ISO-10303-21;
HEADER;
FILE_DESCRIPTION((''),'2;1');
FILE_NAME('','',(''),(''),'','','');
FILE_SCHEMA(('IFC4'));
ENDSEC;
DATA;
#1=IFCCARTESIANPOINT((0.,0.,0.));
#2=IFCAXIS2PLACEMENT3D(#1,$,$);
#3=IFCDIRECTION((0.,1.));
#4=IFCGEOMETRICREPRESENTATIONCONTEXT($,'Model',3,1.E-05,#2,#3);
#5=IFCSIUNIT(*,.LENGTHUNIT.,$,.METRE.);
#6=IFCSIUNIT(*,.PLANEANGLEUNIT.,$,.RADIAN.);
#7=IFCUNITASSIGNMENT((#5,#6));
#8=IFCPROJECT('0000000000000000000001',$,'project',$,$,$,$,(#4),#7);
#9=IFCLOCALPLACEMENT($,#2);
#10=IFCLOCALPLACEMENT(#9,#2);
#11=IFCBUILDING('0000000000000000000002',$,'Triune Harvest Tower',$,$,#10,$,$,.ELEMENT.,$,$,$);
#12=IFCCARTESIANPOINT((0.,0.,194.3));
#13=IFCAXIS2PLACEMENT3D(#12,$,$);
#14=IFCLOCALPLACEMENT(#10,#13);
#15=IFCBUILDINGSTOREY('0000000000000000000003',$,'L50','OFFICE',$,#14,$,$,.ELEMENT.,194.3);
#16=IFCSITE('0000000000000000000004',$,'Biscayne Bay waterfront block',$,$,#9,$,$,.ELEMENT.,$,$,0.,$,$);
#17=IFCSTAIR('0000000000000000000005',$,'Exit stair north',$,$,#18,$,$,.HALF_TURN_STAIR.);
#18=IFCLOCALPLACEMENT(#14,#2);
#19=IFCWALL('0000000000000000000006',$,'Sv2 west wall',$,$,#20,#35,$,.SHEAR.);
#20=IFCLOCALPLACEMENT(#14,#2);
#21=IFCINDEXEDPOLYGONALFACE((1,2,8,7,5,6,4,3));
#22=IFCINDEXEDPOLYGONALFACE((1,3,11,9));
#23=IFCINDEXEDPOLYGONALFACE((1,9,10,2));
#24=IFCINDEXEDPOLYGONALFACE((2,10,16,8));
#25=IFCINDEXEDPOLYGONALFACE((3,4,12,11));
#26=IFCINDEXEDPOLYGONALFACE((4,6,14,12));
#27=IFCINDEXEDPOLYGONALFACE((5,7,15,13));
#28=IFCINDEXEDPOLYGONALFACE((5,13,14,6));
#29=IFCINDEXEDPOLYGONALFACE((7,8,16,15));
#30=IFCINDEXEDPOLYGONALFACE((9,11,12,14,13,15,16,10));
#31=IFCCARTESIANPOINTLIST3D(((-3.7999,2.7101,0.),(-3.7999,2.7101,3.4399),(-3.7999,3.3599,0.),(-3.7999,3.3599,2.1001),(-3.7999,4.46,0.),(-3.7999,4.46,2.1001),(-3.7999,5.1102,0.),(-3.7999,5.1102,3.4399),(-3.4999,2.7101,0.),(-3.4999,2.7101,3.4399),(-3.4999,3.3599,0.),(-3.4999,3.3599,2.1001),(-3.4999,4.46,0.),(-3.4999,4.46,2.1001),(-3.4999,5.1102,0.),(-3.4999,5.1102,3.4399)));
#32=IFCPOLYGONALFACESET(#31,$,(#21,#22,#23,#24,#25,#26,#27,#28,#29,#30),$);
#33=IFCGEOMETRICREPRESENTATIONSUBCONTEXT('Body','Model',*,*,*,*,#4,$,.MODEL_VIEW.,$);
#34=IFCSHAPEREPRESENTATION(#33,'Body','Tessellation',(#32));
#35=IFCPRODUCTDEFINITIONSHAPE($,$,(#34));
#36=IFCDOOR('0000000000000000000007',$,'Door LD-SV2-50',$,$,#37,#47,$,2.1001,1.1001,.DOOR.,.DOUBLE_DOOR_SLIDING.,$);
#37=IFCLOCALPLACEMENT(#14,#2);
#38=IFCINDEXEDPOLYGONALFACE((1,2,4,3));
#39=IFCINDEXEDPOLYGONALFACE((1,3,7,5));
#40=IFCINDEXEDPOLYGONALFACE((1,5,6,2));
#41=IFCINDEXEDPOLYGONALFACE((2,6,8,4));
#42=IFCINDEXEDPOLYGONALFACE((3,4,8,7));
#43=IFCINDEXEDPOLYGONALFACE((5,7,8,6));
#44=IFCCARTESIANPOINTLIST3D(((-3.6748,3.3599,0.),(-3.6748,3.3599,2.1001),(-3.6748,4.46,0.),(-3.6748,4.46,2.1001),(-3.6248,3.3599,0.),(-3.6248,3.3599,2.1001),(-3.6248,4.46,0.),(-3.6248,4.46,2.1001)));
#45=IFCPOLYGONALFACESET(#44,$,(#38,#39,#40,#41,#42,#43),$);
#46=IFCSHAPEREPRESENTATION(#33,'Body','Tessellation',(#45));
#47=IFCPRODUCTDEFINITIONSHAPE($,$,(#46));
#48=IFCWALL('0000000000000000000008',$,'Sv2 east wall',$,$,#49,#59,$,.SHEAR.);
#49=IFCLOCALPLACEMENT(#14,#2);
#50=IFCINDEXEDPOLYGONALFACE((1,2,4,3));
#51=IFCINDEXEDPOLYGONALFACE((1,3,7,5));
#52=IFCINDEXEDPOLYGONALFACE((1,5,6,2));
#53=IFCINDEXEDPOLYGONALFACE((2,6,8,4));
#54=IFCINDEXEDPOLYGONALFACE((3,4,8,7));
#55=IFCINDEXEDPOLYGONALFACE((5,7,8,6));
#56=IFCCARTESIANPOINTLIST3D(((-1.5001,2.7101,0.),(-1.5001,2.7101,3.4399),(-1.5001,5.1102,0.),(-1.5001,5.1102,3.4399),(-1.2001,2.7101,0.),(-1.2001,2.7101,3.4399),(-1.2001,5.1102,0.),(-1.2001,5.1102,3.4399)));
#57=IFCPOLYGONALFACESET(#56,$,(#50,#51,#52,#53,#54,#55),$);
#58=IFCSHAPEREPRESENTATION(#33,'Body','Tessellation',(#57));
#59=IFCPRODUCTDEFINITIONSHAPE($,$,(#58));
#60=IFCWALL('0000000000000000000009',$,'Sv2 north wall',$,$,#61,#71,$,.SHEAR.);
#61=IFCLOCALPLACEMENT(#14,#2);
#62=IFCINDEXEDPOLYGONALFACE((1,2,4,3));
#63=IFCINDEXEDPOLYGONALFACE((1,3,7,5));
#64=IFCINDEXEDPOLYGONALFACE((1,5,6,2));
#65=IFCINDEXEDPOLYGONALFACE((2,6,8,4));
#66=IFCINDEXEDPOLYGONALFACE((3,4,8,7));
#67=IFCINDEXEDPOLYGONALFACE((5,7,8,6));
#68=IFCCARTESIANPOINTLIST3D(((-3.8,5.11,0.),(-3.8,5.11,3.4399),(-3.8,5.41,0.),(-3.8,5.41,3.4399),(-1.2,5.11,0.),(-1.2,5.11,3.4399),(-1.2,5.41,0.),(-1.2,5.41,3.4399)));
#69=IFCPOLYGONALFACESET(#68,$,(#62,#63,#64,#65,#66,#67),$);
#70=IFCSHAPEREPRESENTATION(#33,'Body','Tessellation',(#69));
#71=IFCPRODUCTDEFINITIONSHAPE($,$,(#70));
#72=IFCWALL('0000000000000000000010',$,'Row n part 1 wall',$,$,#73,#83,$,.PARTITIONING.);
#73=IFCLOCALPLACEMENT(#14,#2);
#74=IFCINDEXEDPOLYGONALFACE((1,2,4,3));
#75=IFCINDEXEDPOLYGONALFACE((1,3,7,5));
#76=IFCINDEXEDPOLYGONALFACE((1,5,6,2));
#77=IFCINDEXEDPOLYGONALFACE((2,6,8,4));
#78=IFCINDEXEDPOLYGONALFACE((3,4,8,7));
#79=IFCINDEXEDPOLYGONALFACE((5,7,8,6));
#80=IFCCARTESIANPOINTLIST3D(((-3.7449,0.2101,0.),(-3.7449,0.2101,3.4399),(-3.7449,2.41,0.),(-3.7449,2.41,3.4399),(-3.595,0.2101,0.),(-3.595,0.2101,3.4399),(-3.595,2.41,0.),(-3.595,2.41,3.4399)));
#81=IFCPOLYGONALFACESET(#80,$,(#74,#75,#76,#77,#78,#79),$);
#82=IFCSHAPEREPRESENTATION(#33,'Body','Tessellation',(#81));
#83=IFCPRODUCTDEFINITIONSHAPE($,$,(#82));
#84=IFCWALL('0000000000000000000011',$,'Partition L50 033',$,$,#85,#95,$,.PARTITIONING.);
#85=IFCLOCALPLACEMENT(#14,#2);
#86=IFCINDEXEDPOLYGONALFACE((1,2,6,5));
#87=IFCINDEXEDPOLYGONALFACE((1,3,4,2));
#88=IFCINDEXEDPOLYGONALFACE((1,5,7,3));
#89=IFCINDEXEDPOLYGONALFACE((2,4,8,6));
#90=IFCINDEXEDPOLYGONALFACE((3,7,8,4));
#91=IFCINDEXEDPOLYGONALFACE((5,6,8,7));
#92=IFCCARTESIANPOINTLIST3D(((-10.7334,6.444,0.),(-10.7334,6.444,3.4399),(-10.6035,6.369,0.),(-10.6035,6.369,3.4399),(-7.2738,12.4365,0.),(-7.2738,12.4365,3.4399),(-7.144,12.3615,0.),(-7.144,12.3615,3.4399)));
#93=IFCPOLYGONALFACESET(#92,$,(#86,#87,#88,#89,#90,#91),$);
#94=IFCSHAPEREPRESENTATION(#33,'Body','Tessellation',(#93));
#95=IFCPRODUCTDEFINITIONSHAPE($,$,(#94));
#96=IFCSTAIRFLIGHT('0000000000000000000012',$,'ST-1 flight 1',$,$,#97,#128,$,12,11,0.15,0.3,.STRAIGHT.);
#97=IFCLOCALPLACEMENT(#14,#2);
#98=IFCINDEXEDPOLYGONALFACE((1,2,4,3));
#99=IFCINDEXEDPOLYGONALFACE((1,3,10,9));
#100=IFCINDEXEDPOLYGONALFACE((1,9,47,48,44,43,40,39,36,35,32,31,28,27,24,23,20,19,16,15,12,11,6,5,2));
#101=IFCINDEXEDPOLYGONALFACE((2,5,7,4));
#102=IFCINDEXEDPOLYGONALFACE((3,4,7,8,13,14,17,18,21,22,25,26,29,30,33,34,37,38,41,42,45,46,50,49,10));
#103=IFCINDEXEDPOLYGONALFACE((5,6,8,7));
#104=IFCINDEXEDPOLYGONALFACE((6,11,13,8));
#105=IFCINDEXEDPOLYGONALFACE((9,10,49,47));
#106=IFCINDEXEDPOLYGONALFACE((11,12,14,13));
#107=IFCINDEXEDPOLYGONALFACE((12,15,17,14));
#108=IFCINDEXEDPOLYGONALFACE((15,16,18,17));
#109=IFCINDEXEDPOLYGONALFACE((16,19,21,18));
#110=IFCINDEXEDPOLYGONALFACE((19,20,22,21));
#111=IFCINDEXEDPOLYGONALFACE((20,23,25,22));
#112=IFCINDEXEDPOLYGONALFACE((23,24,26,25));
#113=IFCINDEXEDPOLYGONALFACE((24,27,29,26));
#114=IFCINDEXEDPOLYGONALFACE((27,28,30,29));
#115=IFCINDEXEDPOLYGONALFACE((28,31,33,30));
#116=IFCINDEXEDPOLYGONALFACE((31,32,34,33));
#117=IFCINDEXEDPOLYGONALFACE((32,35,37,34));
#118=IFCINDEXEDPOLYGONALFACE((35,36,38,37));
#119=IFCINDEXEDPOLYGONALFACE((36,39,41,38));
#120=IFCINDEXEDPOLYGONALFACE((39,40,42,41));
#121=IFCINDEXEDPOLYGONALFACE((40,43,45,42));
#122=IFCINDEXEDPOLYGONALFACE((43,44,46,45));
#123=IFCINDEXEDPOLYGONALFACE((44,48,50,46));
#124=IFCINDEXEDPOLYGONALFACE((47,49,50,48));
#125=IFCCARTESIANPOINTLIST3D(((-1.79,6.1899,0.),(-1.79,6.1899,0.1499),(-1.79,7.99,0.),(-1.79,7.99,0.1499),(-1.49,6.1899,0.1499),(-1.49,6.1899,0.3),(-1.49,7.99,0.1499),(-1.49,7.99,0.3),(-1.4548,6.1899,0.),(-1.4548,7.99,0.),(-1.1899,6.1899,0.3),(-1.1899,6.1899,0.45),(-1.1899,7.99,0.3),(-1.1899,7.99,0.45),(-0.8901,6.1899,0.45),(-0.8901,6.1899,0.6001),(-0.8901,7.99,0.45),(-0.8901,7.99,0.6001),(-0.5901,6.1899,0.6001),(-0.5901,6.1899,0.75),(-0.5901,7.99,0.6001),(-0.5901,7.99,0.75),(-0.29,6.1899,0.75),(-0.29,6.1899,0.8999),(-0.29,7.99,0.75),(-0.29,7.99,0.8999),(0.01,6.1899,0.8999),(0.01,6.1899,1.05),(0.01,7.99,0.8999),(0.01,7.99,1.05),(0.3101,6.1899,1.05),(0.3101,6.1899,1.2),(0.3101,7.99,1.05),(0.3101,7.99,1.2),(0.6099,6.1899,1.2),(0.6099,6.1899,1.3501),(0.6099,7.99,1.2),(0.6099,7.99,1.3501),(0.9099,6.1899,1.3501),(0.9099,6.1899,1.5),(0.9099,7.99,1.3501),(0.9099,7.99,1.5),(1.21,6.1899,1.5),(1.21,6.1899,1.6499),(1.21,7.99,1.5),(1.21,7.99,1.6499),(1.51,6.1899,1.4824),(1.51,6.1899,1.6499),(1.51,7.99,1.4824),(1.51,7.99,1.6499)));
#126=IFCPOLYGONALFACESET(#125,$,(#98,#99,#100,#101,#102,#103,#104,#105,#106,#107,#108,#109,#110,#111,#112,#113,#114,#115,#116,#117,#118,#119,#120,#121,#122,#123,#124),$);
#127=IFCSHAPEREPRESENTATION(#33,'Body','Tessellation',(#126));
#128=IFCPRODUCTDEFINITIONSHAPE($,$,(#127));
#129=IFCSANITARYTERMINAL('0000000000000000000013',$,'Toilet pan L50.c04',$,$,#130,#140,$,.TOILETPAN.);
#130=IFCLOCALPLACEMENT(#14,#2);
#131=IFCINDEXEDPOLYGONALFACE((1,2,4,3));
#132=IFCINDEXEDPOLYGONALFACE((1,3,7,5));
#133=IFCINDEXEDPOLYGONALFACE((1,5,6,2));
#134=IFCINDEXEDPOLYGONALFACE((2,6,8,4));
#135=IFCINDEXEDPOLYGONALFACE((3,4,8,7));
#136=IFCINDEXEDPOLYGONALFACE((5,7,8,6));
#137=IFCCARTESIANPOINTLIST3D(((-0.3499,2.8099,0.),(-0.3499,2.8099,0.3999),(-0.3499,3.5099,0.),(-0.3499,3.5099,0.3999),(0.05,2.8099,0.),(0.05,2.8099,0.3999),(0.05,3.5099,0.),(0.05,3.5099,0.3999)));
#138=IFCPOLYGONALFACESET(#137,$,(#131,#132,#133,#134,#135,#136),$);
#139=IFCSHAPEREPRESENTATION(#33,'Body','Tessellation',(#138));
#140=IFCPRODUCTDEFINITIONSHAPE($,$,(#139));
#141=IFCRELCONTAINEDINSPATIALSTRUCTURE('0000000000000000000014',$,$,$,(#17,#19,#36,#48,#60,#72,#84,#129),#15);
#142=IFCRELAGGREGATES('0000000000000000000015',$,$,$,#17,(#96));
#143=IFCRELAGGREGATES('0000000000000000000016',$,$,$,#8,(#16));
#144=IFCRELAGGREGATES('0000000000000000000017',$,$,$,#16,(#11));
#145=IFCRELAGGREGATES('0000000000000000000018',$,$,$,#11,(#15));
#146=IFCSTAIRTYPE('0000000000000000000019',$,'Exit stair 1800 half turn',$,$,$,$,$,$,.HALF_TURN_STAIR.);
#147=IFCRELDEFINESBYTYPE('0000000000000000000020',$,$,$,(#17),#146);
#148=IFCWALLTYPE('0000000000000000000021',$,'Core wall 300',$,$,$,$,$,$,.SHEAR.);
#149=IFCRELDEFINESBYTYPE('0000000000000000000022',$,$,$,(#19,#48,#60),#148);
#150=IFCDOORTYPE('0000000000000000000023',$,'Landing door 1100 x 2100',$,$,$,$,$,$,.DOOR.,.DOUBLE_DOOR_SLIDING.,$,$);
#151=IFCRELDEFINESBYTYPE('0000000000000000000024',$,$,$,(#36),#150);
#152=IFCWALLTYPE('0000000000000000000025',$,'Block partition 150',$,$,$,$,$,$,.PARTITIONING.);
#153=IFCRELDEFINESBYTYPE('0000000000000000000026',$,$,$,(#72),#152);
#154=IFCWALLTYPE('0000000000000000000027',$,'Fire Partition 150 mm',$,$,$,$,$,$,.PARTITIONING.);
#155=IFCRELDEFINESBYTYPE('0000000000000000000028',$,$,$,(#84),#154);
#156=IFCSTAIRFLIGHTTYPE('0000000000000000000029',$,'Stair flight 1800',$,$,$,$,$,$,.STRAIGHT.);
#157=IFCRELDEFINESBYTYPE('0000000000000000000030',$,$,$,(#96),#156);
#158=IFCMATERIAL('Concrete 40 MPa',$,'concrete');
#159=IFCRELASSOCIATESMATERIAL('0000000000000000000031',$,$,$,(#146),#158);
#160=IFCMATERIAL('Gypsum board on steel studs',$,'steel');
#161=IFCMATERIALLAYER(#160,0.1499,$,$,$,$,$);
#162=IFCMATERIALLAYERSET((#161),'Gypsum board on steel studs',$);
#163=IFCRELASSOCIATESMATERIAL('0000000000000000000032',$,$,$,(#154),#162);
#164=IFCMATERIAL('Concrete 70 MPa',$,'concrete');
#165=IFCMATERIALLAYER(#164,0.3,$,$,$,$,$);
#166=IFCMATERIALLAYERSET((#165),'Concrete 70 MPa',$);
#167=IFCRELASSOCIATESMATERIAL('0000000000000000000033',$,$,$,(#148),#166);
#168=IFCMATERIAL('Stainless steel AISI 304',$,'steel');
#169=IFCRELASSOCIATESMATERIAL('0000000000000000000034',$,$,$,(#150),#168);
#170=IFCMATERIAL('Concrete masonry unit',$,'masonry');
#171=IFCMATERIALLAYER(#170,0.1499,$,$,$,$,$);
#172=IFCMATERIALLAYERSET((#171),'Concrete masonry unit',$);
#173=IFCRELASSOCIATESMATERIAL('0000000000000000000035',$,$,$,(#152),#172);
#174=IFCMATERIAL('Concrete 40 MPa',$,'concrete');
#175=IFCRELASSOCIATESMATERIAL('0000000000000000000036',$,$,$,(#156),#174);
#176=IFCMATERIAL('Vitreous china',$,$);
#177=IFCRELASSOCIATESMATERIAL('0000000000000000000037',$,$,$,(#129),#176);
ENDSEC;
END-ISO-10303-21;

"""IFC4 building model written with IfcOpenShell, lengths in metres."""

from ifc_helpers import new_model, si_unit, direction, frame, frame_2d, origin, origin_2d, place, context, subcontext, project, spatial, polyline, rectangle, outline, extrude, source, transform, mapped, material, layer, layer_set, type_object, element, fill, aggregate, save


model = new_model("IFC4")

# Units and contexts
model_context = context("Model", 3, precision=1e-05, world=origin(), true_north=direction((0.0, 1.0)))
body_context = subcontext(model_context, "Body", "Model", "MODEL_VIEW")
ifc_project = project(units=[si_unit("LENGTHUNIT", "METRE"), si_unit("PLANEANGLEUNIT", "RADIAN")], contexts=[model_context])

# Site, building, storey
site_placement = place(None, origin())
site = spatial("IfcSite", under=ifc_project, at=site_placement, Name="Biscayne Bay waterfront block", CompositionType="ELEMENT", RefElevation=0.0)
building_placement = place(site_placement, origin())
building = spatial("IfcBuilding", under=site, at=building_placement, Name="Triune Harvest Tower", CompositionType="ELEMENT")
storey_placement = place(building_placement, frame((0.0, 0.0, 194.3)))
storey = spatial("IfcBuildingStorey", under=building, at=storey_placement, Name="L50", Description="OFFICE", CompositionType="ELEMENT", Elevation=194.3)

# Stair
ifc_material_1 = material(Name="Concrete 40 MPa", Category="concrete")
stair_type = type_object("IfcStairType", Name="Exit stair 1800 half turn", PredefinedType="HALF_TURN_STAIR", material=ifc_material_1)
stair_1_placement = place(storey_placement, origin())
stair_1 = element("IfcStair", 1, at=stair_1_placement, inside=storey, type_object=stair_type, Name="Exit stair north", PredefinedType="HALF_TURN_STAIR")

# Shared definitions
ifc_material_2 = material(Name="Gypsum board on steel studs", Category="steel")
ifc_layer_1 = layer(ifc_material_2, 0.1499)
ifc_layer_set_1 = layer_set([ifc_layer_1], Name="Gypsum board on steel studs")
wall_type_1 = type_object("IfcWallType", Name="Fire Partition 150 mm", PredefinedType="PARTITIONING", material=ifc_layer_set_1)
ifc_material_3 = material(Name="Concrete 70 MPa", Category="concrete")
ifc_layer_2 = layer(ifc_material_3, 0.3)
ifc_layer_set_2 = layer_set([ifc_layer_2], Name="Concrete 70 MPa")
wall_type_2 = type_object("IfcWallType", Name="Core wall 300", PredefinedType="SHEAR", material=ifc_layer_set_2)

# Shared definitions
shared_shape_1 = source(origin(), body_context, "Body", "SweptSolid", [
    extrude(rectangle(XDim=2.4001, YDim=0.3, at=frame_2d((1.2002, 0.0))), origin(), (0.0, 0.0, 1.0), 3.4399),
])

# Wall, opening, door
ifc_material_4 = material(Name="Stainless steel AISI 304", Category="steel")
door_type_1 = type_object("IfcDoorType", Name="Landing door 1100 x 2100", OperationType="DOUBLE_DOOR_SLIDING", PredefinedType="DOOR", material=ifc_material_4)
wall_1_placement = place(storey_placement, frame((-3.6499, 2.71, 0.0), z_axis=(0.0, 0.0, 1.0), x_axis=(0.0, 1.0, 0.0)))
wall_1 = element("IfcWall", 2, at=wall_1_placement, inside=storey, type_object=wall_type_2, Name="Sv2 west wall", PredefinedType="SHEAR", context=body_context, shape_type="MappedRepresentation", body=[
    mapped(shared_shape_1, transform((0.0, 0.0, 0.0), scale=1.0)),
])
opening_1_placement = place(wall_1_placement, frame((0.6499, 0.0, 0.0)))
opening_1 = element("IfcOpeningElement", 3, at=opening_1_placement, cuts=wall_1, PredefinedType="OPENING", context=body_context, shape_type="SweptSolid", body=[
    extrude(rectangle(XDim=1.1001, YDim=2.1001, at=frame_2d((0.55, 1.05))), frame((0.0, 0.1602, 0.0), z_axis=(0.0, -1.0, 0.0), x_axis=(1.0, 0.0, 0.0)), (0.0, 0.0, 1.0), 0.3201),
])
door_1_placement = place(opening_1_placement, origin())
door_1 = element("IfcDoor", 4, at=door_1_placement, inside=storey, type_object=door_type_1, Name="Door LD-SV2-50", OperationType="DOUBLE_DOOR_SLIDING", OverallHeight=2.1001, OverallWidth=1.1001, PredefinedType="DOOR", context=body_context, shape_type="SweptSolid", body=[
    extrude(rectangle(XDim=1.1001, YDim=2.1001, at=frame_2d((0.55, 1.05))), frame((0.0, 0.0249, 0.0), z_axis=(0.0, -1.0, 0.0), x_axis=(1.0, 0.0, 0.0)), (0.0, 0.0, 1.0), 0.05),
])
fill(opening_1, door_1)

# Walls
wall_2_placement = place(storey_placement, frame((-1.3501, 2.71, 0.0), z_axis=(0.0, 0.0, 1.0), x_axis=(0.0, 1.0, 0.0)))
element("IfcWall", 5, at=wall_2_placement, inside=storey, type_object=wall_type_2, Name="Sv2 east wall", PredefinedType="SHEAR", context=body_context, shape_type="MappedRepresentation", body=[
    mapped(shared_shape_1, transform((0.0, 0.0, 0.0), scale=1.0)),
])
shared_shape_2 = source(origin(), body_context, "Body", "SweptSolid", [
    extrude(rectangle(XDim=2.6001, YDim=0.3, at=frame_2d((1.3, 0.0))), origin(), (0.0, 0.0, 1.0), 3.4399),
])
wall_3_placement = place(storey_placement, frame((-3.8, 5.26, 0.0), z_axis=(0.0, 0.0, 1.0), x_axis=(1.0, 0.0, 0.0)))
element("IfcWall", 6, at=wall_3_placement, inside=storey, type_object=wall_type_2, Name="Sv2 north wall", PredefinedType="SHEAR", context=body_context, shape_type="MappedRepresentation", body=[
    mapped(shared_shape_2, transform((0.0, 0.0, 0.0), scale=1.0)),
])
ifc_material_5 = material(Name="Concrete masonry unit", Category="masonry")
ifc_layer_3 = layer(ifc_material_5, 0.1499)
ifc_layer_set_3 = layer_set([ifc_layer_3], Name="Concrete masonry unit")
wall_type_3 = type_object("IfcWallType", Name="Block partition 150", PredefinedType="PARTITIONING", material=ifc_layer_set_3)
shared_shape_3 = source(origin(), body_context, "Body", "SweptSolid", [
    extrude(rectangle(XDim=2.2, YDim=0.1499, at=frame_2d((1.1001, 0.0))), origin(), (0.0, 0.0, 1.0), 3.4399),
])
wall_4_placement = place(storey_placement, frame((-3.6699, 0.21, 0.0), z_axis=(0.0, 0.0, 1.0), x_axis=(0.0, 1.0, 0.0)))
element("IfcWall", 7, at=wall_4_placement, inside=storey, type_object=wall_type_3, Name="Row n part 1 wall", PredefinedType="PARTITIONING", context=body_context, shape_type="MappedRepresentation", body=[
    mapped(shared_shape_3, transform((0.0, 0.0, 0.0), scale=1.0)),
])
shared_shape_4 = source(origin(), body_context, "Body", "SweptSolid", [
    extrude(rectangle(XDim=6.9194, YDim=0.1499, at=frame_2d((3.4597, 0.0))), origin(), (0.0, 0.0, 1.0), 3.4399),
])
wall_5_placement = place(storey_placement, frame((-10.6685, 6.4065, 0.0), z_axis=(0.0, 0.0, 1.0), x_axis=(0.499972, 0.866042, 0.0)))
element("IfcWall", 8, at=wall_5_placement, inside=storey, type_object=wall_type_1, Name="Partition L50 033", PredefinedType="PARTITIONING", context=body_context, shape_type="MappedRepresentation", body=[
    mapped(shared_shape_4, transform((0.0, 0.0, 0.0), scale=1.0)),
])

# Stair flight
ifc_material_6 = material(Name="Concrete 40 MPa", Category="concrete")
stair_flight_type = type_object("IfcStairFlightType", Name="Stair flight 1800", PredefinedType="STRAIGHT", material=ifc_material_6)
shared_shape_5 = source(origin(), body_context, "Body", "SweptSolid", [
    extrude(outline(polyline([(0.0, 0.0), (0.0, 0.1499), (0.3, 0.1499), (0.3, 0.3), (0.6001, 0.3), (0.6001, 0.45), (0.8999, 0.45), (0.8999, 0.6001), (1.2, 0.6001), (1.2, 0.75), (1.5, 0.75), (1.5, 0.8999), (1.8, 0.8999), (1.8, 1.05), (2.1001, 1.05), (2.1001, 1.2), (2.3999, 1.2), (2.3999, 1.3501), (2.7, 1.3501), (2.7, 1.5), (3.0, 1.5), (3.0, 1.6499), (3.3, 1.6499), (3.3, 1.8), (3.3, 1.4824), (0.3352, 0.0), (0.0, 0.0)])), frame((0.0, 0.8999, 0.0), z_axis=(0.0, -1.0, 0.0), x_axis=(1.0, 0.0, 0.0)), (0.0, 0.0, 1.0), 1.8),
])
stair_flight_placement = place(storey_placement, frame((-1.79, 7.0901, 0.0), z_axis=(0.0, 0.0, 1.0), x_axis=(1.0, 0.0, 0.0)))
stair_flight = element("IfcStairFlight", 9, at=stair_flight_placement, type_object=stair_flight_type, Name="ST-1 flight 1", NumberOfRisers=12, NumberOfTreads=11, PredefinedType="STRAIGHT", RiserHeight=0.15, TreadLength=0.3, context=body_context, shape_type="MappedRepresentation", body=[
    mapped(shared_shape_5, transform((0.0, 0.0, 0.0), scale=1.0)),
])
aggregate(stair_1, [stair_flight])

# Sanitary terminal
ifc_material_7 = material(Name="Vitreous china")
shared_shape_6 = source(origin(), body_context, "Body", "SweptSolid", [
    extrude(rectangle(XDim=0.3999, YDim=0.7, at=origin_2d()), origin(), (0.0, 0.0, 1.0), 0.3999),
])
sanitary_terminal_placement = place(storey_placement, frame((-0.1499, 3.1599, 0.0), z_axis=(0.0, 0.0, 1.0), x_axis=(-1.0, 0.0, 0.0)))
element("IfcSanitaryTerminal", 10, at=sanitary_terminal_placement, inside=storey, material=ifc_material_7, Name="Toilet pan L50.c04", PredefinedType="TOILETPAN", context=body_context, shape_type="MappedRepresentation", body=[
    mapped(shared_shape_6, transform((0.0, 0.0, 0.0), scale=1.0)),
])

save(model, "model.ifc")
